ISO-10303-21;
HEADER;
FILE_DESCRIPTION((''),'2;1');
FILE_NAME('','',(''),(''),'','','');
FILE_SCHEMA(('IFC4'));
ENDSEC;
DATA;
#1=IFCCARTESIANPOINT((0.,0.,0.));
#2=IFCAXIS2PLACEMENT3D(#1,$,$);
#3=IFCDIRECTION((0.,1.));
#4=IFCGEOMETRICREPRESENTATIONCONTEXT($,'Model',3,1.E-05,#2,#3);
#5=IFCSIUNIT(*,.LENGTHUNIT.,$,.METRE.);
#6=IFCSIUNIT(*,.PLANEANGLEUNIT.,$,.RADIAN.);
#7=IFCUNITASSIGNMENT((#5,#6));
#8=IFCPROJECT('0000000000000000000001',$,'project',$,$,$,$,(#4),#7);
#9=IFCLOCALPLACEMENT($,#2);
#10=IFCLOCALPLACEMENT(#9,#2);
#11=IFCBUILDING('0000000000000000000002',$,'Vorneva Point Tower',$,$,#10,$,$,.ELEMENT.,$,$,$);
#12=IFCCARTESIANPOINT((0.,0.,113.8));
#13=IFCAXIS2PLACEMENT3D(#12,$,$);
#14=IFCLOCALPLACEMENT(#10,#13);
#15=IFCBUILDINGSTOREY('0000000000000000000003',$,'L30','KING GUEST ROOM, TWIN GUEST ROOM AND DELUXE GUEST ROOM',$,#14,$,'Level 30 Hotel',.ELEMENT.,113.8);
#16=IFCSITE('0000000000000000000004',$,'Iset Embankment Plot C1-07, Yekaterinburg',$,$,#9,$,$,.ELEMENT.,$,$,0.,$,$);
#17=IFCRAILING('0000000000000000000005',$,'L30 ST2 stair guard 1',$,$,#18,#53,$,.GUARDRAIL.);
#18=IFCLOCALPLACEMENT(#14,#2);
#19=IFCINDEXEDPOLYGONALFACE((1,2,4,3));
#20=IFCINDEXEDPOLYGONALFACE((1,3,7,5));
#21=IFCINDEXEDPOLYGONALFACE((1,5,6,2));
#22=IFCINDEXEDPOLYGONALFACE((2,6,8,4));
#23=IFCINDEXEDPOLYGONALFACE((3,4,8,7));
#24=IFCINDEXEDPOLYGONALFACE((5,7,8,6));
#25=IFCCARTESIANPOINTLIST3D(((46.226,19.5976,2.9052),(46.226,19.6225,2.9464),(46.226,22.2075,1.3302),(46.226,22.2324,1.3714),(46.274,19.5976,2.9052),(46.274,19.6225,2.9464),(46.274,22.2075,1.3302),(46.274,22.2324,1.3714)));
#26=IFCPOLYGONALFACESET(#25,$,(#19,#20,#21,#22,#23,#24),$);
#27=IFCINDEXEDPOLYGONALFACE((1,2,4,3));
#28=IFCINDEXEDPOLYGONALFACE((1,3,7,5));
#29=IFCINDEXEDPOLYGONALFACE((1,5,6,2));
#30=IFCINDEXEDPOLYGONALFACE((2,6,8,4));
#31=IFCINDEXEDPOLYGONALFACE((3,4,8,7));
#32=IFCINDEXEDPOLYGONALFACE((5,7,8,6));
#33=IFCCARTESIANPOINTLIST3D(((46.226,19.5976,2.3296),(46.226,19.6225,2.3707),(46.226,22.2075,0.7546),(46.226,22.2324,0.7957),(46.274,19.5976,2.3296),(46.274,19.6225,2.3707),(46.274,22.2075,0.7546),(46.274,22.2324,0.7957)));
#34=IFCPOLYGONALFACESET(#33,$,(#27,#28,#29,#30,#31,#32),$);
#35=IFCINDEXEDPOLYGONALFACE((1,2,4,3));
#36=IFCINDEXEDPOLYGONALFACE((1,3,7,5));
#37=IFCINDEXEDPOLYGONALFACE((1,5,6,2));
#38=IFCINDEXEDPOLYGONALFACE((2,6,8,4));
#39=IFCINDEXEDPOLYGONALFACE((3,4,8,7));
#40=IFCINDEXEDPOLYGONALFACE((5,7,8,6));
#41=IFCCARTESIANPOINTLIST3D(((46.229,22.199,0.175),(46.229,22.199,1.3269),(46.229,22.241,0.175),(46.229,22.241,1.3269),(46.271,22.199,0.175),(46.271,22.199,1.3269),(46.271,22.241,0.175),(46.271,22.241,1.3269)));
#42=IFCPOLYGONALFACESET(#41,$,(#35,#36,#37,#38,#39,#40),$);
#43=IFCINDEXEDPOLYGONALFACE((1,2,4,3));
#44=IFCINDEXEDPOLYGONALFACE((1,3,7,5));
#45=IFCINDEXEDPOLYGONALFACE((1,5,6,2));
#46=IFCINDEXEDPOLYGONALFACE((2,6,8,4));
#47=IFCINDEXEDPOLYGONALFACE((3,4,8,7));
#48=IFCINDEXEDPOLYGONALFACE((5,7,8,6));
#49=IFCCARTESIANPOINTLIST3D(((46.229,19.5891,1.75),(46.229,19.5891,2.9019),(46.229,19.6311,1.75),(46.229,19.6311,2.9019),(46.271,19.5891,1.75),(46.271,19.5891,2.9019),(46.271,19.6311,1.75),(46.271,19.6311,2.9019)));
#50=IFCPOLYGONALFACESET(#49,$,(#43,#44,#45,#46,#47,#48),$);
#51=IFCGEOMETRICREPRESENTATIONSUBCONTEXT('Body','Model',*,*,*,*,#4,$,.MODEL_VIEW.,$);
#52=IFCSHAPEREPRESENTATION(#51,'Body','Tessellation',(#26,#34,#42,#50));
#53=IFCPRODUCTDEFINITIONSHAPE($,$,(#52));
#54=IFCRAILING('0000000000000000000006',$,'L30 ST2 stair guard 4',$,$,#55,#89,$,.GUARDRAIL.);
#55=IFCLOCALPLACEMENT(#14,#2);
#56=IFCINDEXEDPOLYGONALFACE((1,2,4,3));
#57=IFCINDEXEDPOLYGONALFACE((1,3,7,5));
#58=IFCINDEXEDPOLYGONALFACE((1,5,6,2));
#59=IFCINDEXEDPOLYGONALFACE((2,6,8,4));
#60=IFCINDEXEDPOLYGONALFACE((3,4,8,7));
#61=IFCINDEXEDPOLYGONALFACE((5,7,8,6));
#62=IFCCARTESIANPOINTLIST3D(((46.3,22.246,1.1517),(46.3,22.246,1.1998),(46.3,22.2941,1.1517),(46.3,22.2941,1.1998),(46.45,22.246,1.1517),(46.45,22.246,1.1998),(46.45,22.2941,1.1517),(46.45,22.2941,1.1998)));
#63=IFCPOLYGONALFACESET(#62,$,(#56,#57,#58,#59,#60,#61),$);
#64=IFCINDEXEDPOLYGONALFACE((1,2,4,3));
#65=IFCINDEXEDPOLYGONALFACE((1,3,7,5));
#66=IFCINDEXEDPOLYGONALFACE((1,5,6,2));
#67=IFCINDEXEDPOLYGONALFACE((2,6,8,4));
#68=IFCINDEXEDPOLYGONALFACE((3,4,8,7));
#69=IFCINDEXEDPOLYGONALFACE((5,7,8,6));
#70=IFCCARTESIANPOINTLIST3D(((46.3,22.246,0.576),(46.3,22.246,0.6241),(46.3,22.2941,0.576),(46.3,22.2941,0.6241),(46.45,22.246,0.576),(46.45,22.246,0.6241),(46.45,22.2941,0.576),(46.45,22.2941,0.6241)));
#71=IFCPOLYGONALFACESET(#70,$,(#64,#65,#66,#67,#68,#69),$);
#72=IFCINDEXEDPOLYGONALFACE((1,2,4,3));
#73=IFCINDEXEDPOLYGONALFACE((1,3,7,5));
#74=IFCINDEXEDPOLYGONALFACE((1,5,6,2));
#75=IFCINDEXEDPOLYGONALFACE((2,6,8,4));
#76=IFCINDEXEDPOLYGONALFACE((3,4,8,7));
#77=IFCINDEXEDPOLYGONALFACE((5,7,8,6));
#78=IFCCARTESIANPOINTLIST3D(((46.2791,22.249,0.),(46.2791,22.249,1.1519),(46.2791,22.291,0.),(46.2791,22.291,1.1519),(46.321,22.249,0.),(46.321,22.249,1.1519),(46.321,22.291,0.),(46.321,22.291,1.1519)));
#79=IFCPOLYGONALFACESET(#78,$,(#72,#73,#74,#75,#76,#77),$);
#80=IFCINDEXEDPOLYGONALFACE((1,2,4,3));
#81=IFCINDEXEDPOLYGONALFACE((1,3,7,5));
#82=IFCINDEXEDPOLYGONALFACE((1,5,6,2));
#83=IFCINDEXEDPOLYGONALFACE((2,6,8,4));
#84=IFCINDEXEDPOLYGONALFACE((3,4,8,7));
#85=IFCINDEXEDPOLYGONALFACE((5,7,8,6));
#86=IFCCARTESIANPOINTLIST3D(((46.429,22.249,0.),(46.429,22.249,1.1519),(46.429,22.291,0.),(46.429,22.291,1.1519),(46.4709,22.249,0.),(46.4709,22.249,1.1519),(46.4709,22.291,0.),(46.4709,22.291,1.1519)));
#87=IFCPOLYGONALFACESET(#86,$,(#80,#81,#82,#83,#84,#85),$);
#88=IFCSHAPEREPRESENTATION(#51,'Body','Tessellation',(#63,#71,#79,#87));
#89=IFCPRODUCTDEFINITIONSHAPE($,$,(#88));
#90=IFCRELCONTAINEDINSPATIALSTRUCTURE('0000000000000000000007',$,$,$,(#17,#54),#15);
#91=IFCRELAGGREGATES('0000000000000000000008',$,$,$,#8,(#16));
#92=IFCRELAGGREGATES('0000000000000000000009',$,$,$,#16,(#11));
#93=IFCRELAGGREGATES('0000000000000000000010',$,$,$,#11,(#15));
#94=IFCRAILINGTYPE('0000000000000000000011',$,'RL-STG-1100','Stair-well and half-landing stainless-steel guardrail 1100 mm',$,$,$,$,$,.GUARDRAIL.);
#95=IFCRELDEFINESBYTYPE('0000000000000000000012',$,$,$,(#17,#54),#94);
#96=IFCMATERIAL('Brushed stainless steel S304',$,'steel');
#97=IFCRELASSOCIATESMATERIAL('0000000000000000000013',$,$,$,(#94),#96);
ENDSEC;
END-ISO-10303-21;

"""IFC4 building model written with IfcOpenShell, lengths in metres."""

from ifc_helpers import new_model, si_unit, direction, frame, origin, origin_2d, place, context, subcontext, project, spatial, rectangle, extrude, material, type_object, element, save


model = new_model("IFC4")

# Units and contexts
model_context = context("Model", 3, precision=1e-05, world=origin(), true_north=direction((0.0, 1.0)))
body_context = subcontext(model_context, "Body", "Model", "MODEL_VIEW")
ifc_project = project(units=[si_unit("LENGTHUNIT", "METRE"), si_unit("PLANEANGLEUNIT", "RADIAN")], contexts=[model_context])

# Site, building, storey
site_placement = place(None, origin())
site = spatial("IfcSite", under=ifc_project, at=site_placement, Name="Iset Embankment Plot C1-07, Yekaterinburg", CompositionType="ELEMENT", RefElevation=0.0)
building_placement = place(site_placement, origin())
building = spatial("IfcBuilding", under=site, at=building_placement, Name="Vorneva Point Tower", CompositionType="ELEMENT")
storey_placement = place(building_placement, frame((0.0, 0.0, 113.8)))
storey = spatial("IfcBuildingStorey", under=building, at=storey_placement, Name="L30", Description="KING GUEST ROOM, TWIN GUEST ROOM AND DELUXE GUEST ROOM", LongName="Level 30 Hotel", CompositionType="ELEMENT", Elevation=113.8)

# Railings
ifc_material_1 = material(Name="Brushed stainless steel S304", Category="steel")
railing_type_1 = type_object("IfcRailingType", Name="RL-STG-1100", Description="Stair-well and half-landing stainless-steel guardrail 1100 mm", PredefinedType="GUARDRAIL", material=ifc_material_1)
railing_1_placement = place(storey_placement, frame((46.25, 22.22, 0.175)))
element("IfcRailing", 1, at=railing_1_placement, inside=storey, type_object=railing_type_1, Name="L30 ST2 stair guard 1", PredefinedType="GUARDRAIL", context=body_context, shape_type="SweptSolid", body=[
    extrude(rectangle(XDim=0.0481, YDim=0.0481, at=origin_2d()), frame((0.0, 0.0, 1.1758), z_axis=(0.0, -0.856183, 0.516673), x_axis=(1.0, 0.0, 0.0)), (0.0, 0.0, 1.0), 3.0483),
    extrude(rectangle(XDim=0.0481, YDim=0.0481, at=origin_2d()), frame((0.0, 0.0, 0.6001), z_axis=(0.0, -0.856183, 0.516673), x_axis=(1.0, 0.0, 0.0)), (0.0, 0.0, 1.0), 3.0483),
    extrude(rectangle(XDim=0.042, YDim=0.042, at=origin_2d()), origin(), (0.0, 0.0, 1.0), 1.1519),
    extrude(rectangle(XDim=0.042, YDim=0.042, at=origin_2d()), frame((0.0, -2.6099, 1.575)), (0.0, 0.0, 1.0), 1.1519),
])
railing_2_placement = place(storey_placement, frame((46.3, 22.27, 0.0)))
element("IfcRailing", 2, at=railing_2_placement, inside=storey, type_object=railing_type_1, Name="L30 ST2 stair guard 4", PredefinedType="GUARDRAIL", context=body_context, shape_type="SweptSolid", body=[
    extrude(rectangle(XDim=0.0481, YDim=0.0481, at=origin_2d()), frame((0.0, 0.0, 1.1758), z_axis=(1.0, 0.0, 0.0), x_axis=(0.0, 1.0, 0.0)), (0.0, 0.0, 1.0), 0.1499),
    extrude(rectangle(XDim=0.0481, YDim=0.0481, at=origin_2d()), frame((0.0, 0.0, 0.6001), z_axis=(1.0, 0.0, 0.0), x_axis=(0.0, 1.0, 0.0)), (0.0, 0.0, 1.0), 0.1499),
    extrude(rectangle(XDim=0.042, YDim=0.042, at=origin_2d()), origin(), (0.0, 0.0, 1.0), 1.1519),
    extrude(rectangle(XDim=0.042, YDim=0.042, at=origin_2d()), frame((0.1499, 0.0, 0.0)), (0.0, 0.0, 1.0), 1.1519),
])

save(model, "model.ifc")
